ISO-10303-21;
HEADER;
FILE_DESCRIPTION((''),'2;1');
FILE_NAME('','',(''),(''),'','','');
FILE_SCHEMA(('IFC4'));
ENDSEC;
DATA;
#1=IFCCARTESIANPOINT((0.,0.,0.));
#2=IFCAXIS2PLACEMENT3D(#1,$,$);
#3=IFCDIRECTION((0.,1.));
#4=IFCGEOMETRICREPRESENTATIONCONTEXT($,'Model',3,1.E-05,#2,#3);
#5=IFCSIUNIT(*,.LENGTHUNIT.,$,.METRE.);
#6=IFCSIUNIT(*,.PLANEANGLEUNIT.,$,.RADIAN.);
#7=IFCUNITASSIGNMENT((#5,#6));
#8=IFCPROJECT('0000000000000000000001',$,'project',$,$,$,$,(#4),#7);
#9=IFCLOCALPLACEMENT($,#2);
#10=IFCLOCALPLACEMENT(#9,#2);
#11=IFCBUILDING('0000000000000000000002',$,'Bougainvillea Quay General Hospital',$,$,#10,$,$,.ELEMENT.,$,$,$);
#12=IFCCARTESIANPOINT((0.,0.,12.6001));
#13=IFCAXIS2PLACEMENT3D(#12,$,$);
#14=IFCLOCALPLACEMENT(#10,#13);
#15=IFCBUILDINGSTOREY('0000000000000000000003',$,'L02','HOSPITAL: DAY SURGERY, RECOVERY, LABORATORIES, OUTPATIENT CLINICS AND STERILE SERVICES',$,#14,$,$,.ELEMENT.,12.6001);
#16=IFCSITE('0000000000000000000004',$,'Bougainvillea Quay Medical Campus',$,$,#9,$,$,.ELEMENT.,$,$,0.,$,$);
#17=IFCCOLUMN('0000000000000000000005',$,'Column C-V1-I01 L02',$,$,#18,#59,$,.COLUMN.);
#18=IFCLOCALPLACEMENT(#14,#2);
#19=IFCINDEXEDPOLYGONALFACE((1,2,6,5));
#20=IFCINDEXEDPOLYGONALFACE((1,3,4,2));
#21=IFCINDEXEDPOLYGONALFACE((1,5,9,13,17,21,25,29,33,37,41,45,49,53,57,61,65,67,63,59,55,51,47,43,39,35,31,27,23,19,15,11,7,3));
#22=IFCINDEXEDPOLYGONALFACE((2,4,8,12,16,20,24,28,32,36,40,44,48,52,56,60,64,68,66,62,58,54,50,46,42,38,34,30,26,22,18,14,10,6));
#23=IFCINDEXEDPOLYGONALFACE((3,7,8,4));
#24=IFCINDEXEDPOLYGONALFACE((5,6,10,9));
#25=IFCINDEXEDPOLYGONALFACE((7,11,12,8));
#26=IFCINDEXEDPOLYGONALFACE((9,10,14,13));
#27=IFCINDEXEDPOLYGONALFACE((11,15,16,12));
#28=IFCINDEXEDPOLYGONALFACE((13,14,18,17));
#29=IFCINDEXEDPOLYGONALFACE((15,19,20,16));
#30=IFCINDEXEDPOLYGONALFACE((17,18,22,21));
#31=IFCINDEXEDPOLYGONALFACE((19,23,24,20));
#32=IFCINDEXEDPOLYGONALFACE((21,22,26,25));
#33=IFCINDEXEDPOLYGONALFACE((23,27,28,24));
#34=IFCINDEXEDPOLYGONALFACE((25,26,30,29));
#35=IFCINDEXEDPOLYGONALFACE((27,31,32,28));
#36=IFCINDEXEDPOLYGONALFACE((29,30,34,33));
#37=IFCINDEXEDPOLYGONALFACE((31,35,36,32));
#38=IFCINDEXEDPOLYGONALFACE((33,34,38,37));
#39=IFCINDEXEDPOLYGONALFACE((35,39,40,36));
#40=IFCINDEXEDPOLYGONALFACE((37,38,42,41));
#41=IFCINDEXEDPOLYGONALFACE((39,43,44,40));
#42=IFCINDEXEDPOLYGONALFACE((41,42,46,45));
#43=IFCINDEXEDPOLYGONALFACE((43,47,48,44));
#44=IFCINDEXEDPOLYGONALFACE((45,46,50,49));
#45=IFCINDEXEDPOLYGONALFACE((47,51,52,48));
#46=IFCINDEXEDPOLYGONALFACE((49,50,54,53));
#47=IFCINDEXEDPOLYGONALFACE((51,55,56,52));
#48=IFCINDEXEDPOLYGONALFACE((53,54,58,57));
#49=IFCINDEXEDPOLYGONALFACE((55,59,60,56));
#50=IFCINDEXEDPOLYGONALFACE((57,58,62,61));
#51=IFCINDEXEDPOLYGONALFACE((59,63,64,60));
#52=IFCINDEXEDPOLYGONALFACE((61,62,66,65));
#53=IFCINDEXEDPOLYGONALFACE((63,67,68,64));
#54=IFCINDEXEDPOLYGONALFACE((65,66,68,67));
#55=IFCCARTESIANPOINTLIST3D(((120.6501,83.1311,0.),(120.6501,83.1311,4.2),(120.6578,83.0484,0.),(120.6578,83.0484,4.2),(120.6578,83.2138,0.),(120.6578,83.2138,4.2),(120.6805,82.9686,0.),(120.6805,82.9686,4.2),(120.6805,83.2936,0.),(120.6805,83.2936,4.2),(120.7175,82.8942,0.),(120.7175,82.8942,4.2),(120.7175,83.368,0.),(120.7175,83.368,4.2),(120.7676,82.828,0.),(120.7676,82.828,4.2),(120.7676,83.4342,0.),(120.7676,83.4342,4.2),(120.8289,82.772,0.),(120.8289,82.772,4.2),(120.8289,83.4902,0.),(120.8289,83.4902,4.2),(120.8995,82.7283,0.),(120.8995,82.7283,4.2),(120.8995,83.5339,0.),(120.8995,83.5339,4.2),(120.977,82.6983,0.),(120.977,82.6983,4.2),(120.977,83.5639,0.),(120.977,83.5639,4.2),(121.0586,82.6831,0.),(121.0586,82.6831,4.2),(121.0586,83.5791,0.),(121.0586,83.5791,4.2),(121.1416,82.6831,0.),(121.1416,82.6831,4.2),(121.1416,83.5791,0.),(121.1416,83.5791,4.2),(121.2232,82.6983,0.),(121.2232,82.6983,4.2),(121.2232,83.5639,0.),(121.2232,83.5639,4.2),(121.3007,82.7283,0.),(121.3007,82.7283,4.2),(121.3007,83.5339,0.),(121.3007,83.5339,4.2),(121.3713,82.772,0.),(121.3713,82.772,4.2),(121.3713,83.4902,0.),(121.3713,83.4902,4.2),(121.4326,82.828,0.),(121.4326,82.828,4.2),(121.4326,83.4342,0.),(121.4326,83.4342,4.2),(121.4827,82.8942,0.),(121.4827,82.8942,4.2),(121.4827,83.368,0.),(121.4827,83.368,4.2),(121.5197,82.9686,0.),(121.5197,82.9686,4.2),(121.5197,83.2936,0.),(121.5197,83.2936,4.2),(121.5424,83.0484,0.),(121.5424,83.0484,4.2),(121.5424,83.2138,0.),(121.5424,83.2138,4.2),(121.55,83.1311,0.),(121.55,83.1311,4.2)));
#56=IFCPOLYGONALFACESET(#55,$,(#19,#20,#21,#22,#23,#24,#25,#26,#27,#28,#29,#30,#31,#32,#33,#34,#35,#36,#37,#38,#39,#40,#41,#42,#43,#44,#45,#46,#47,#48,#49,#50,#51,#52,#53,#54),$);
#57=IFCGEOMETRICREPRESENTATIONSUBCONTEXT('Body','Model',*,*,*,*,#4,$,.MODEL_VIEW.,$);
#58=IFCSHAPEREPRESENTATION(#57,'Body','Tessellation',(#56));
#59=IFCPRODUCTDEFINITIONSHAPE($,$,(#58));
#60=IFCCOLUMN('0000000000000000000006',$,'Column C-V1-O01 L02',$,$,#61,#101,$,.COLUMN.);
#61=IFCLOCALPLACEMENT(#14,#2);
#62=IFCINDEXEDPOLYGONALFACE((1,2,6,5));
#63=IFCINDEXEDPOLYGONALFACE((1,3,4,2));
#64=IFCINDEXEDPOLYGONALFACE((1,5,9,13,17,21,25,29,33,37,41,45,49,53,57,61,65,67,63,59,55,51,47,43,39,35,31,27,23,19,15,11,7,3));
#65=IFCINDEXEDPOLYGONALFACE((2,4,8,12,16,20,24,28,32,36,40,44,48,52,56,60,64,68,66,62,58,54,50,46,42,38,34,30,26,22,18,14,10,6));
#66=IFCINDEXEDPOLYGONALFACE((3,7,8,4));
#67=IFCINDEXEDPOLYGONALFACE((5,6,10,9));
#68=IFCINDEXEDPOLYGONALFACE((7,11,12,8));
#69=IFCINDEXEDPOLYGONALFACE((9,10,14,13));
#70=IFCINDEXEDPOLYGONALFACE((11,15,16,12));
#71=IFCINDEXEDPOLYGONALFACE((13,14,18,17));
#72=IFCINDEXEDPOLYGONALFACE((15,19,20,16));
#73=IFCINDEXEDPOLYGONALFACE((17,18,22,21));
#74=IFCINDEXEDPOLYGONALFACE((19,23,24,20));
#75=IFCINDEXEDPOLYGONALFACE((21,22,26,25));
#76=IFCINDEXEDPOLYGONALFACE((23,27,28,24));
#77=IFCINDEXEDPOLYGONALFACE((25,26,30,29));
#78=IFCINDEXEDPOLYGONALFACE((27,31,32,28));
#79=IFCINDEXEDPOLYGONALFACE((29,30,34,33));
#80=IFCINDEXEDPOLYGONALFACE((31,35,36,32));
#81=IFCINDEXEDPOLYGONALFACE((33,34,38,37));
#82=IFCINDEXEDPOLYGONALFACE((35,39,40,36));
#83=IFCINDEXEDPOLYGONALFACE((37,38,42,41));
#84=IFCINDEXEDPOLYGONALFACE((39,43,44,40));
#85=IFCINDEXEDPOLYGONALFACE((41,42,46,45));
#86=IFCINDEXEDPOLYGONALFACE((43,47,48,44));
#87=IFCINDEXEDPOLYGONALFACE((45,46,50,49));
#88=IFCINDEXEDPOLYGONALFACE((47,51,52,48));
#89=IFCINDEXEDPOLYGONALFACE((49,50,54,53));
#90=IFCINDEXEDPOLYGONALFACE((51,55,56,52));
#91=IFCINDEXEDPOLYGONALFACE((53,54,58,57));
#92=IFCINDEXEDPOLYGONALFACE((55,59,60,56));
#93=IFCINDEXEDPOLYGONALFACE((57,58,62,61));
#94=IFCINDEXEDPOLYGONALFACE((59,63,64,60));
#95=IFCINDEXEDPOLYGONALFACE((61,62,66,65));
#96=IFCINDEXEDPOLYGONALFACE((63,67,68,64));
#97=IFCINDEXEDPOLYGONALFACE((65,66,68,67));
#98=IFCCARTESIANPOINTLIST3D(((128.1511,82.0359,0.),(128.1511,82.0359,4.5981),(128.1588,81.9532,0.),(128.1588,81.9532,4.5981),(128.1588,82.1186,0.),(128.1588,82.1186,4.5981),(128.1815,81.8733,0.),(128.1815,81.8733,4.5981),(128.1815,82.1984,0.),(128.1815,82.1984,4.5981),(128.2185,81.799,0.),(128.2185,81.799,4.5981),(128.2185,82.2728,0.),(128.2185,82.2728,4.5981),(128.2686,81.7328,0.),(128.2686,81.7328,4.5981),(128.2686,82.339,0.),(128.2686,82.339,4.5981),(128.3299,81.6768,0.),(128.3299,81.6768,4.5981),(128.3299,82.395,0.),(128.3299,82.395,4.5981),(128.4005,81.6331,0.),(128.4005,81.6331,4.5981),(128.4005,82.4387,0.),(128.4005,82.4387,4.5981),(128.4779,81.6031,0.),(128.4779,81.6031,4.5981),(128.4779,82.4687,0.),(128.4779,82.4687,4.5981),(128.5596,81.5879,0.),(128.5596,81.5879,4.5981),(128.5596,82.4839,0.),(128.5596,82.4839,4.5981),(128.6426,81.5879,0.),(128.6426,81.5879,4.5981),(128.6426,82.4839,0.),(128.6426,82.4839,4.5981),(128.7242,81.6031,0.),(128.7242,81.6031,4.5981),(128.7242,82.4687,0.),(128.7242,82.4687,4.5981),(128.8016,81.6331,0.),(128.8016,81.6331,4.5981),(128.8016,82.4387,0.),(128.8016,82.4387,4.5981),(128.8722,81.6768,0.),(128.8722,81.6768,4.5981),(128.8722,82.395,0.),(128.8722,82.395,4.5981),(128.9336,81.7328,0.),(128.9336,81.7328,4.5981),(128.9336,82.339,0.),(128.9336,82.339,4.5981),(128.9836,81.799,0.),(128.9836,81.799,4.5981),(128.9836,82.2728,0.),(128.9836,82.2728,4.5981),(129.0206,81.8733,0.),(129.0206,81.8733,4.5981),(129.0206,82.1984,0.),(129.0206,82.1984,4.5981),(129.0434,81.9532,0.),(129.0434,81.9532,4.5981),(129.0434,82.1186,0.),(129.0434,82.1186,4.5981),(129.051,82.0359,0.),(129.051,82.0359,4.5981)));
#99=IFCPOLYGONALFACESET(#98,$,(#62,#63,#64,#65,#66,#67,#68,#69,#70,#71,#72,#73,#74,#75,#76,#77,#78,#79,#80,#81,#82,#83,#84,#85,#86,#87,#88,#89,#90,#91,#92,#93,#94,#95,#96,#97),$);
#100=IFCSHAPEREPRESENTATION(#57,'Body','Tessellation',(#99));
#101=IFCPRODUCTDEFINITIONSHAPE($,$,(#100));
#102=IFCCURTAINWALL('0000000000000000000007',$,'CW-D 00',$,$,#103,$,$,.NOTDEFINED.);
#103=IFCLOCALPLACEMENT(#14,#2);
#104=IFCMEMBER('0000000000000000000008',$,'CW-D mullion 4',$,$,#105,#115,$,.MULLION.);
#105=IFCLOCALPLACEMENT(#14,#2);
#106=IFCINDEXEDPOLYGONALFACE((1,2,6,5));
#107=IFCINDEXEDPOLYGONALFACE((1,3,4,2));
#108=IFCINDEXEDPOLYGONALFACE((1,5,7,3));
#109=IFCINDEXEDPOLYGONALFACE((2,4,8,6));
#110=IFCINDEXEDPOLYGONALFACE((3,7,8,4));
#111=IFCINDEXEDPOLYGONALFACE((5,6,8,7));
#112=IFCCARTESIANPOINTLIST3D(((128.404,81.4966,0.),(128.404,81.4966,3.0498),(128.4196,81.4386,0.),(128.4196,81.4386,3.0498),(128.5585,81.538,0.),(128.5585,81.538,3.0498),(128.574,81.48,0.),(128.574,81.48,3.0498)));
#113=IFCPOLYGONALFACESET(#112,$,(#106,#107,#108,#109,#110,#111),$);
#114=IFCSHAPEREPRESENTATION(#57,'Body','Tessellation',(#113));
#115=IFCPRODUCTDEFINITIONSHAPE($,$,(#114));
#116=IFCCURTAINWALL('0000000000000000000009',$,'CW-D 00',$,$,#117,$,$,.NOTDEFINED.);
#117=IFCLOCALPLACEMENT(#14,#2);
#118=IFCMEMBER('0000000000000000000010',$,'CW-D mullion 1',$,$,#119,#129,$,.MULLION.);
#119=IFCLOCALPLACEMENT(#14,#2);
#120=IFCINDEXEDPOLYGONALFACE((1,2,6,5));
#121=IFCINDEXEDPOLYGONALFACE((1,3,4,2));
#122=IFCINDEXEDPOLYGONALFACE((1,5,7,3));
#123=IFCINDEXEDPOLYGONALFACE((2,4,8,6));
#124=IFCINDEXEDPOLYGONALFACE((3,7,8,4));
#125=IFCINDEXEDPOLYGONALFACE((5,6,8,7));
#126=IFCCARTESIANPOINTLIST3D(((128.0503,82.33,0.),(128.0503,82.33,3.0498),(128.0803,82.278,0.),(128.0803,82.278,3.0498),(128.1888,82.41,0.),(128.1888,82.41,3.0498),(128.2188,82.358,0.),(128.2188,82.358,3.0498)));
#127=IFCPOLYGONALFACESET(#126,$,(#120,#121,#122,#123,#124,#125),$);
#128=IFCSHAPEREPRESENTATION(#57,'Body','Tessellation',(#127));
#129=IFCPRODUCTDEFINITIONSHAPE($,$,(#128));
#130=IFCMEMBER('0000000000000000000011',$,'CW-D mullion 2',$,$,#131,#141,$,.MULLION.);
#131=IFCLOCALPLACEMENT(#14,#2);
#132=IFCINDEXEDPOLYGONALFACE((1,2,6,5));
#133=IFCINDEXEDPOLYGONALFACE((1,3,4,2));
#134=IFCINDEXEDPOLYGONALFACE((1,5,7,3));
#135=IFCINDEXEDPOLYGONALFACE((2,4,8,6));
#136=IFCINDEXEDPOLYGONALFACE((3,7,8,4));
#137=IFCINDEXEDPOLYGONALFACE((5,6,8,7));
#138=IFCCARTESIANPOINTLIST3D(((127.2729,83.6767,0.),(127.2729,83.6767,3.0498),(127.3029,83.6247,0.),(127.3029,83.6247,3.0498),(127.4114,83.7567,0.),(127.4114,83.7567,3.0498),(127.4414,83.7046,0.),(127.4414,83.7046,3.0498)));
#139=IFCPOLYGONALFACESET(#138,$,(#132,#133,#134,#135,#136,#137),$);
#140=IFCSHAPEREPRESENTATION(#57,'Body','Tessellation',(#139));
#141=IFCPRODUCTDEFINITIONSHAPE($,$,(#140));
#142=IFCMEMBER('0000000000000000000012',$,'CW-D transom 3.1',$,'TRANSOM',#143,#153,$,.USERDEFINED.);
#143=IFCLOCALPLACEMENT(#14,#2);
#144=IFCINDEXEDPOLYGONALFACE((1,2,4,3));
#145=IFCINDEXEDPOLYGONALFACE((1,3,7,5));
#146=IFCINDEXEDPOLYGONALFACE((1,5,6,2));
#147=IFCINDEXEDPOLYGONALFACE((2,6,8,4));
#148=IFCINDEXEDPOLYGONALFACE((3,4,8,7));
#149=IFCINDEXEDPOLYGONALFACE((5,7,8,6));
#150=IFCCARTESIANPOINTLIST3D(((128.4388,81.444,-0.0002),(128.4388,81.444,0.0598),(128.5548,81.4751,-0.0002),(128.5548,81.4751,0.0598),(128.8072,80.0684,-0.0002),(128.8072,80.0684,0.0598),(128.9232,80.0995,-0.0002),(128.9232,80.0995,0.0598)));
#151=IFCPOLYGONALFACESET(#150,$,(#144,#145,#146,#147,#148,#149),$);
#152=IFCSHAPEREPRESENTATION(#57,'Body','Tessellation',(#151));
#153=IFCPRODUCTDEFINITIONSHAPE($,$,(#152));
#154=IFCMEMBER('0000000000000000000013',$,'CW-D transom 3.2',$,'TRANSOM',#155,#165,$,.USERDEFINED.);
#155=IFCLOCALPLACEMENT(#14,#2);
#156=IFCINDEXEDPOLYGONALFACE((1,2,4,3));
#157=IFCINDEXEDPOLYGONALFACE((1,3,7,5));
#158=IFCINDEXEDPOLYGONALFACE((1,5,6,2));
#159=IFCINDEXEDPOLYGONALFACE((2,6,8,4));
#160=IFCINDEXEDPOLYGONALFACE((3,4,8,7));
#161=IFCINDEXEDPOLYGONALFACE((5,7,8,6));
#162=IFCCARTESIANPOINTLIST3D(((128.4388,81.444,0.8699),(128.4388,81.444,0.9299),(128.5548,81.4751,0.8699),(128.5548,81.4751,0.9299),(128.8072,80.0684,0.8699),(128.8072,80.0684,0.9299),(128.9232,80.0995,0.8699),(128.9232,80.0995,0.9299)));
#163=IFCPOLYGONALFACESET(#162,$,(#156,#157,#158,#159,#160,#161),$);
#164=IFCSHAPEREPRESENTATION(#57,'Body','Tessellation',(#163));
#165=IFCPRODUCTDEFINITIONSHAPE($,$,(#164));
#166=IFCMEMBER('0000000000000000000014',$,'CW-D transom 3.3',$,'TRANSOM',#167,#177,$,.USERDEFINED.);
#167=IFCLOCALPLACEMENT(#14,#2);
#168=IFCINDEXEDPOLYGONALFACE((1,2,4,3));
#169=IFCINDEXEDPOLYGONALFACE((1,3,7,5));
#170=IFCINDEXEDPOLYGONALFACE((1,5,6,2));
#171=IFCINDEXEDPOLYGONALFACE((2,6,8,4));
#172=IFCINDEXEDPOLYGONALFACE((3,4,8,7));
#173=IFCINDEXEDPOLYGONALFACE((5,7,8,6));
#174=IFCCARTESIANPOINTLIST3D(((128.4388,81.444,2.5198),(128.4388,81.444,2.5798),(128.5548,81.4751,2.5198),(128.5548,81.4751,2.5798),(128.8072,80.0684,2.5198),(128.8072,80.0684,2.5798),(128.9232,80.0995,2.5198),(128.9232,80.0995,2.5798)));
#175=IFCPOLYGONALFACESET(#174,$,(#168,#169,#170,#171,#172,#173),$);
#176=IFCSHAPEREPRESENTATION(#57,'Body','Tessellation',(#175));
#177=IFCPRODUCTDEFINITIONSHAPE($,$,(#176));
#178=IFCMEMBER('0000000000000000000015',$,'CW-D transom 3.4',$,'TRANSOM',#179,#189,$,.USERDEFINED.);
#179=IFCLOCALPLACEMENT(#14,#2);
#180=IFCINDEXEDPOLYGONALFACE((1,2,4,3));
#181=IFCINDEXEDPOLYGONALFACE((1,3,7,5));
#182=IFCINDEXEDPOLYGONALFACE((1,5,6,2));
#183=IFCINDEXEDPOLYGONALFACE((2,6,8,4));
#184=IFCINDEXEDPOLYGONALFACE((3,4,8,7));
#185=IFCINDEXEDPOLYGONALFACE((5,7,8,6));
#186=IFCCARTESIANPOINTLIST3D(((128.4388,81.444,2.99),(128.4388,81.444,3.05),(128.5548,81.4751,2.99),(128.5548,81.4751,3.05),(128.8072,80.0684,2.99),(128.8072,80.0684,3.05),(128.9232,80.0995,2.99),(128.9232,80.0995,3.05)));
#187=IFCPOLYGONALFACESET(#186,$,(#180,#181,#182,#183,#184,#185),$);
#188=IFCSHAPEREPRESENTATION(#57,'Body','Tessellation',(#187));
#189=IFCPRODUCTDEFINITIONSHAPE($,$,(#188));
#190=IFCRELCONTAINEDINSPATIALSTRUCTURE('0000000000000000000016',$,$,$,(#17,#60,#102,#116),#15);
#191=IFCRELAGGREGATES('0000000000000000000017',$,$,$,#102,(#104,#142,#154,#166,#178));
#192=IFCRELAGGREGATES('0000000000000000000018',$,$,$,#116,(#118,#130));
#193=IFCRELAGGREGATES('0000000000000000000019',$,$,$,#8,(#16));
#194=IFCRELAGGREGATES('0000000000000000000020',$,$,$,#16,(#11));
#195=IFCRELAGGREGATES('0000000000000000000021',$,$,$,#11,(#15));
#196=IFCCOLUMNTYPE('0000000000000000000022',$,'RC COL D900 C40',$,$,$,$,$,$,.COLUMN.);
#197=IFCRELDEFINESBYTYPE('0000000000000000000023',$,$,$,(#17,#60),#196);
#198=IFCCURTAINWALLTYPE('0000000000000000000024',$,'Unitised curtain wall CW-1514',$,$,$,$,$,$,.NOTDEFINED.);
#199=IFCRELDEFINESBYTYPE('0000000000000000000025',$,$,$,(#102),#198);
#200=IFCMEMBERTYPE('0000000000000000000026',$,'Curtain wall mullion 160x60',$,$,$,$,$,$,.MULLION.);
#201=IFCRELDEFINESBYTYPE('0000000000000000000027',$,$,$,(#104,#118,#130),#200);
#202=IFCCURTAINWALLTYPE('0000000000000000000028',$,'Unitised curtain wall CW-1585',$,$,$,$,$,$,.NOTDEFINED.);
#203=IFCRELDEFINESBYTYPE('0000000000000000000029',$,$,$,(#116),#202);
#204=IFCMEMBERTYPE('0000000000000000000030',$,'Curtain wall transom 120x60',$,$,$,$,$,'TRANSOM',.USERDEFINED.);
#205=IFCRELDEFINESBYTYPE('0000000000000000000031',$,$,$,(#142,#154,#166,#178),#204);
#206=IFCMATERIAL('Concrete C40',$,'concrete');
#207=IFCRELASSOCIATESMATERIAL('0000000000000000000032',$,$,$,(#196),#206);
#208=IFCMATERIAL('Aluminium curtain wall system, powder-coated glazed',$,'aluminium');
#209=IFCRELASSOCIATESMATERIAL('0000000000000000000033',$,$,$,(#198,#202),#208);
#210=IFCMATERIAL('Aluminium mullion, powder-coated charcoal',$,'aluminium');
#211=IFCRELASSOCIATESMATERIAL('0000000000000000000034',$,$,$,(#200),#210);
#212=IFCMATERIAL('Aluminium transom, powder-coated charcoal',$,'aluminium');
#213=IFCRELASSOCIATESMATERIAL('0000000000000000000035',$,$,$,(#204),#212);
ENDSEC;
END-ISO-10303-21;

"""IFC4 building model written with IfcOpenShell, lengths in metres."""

from ifc_helpers import new_model, si_unit, direction, frame, origin, origin_2d, place, context, subcontext, project, spatial, rectangle, circle, extrude, material, material_profile, profile_set, type_object, element, aggregate, save


model = new_model("IFC4")

# Units and contexts
model_context = context("Model", 3, precision=1e-05, world=origin(), true_north=direction((0.0, 1.0)))
body_context = subcontext(model_context, "Body", "Model", "MODEL_VIEW")
ifc_project = project(units=[si_unit("LENGTHUNIT", "METRE"), si_unit("PLANEANGLEUNIT", "RADIAN")], contexts=[model_context])

# Site, building, storey
site_placement = place(None, origin())
site = spatial("IfcSite", under=ifc_project, at=site_placement, Name="Bougainvillea Quay Medical Campus", CompositionType="ELEMENT", RefElevation=0.0)
building_placement = place(site_placement, origin())
building = spatial("IfcBuilding", under=site, at=building_placement, Name="Bougainvillea Quay General Hospital", CompositionType="ELEMENT")
storey_placement = place(building_placement, frame((0.0, 0.0, 12.6001)))
storey = spatial("IfcBuildingStorey", under=building, at=storey_placement, Name="L02", Description="HOSPITAL: DAY SURGERY, RECOVERY, LABORATORIES, OUTPATIENT CLINICS AND STERILE SERVICES", CompositionType="ELEMENT", Elevation=12.6001)

# Columns
ifc_material_1 = material(Name="Concrete C40", Category="concrete")
ifc_material_profile_1 = material_profile(ifc_material_1, circle(Radius=0.45, at=origin_2d()))
ifc_profile_set_1 = profile_set([ifc_material_profile_1], Name="Concrete C40")
column_type = type_object("IfcColumnType", Name="RC COL D900 C40", PredefinedType="COLUMN", material=ifc_profile_set_1)
column_1_placement = place(storey_placement, frame((121.1001, 83.1311, 0.0), z_axis=(0.0, 0.0, 1.0), x_axis=(1.0, 0.0, 0.0)))
element("IfcColumn", 1, at=column_1_placement, inside=storey, type_object=column_type, Name="Column C-V1-I01 L02", PredefinedType="COLUMN", context=body_context, shape_type="SweptSolid", body=[
    extrude(circle(Radius=0.45, at=origin_2d()), origin(), (0.0, 0.0, 1.0), 4.2),
])
column_2_placement = place(storey_placement, frame((128.6011, 82.0359, 0.0), z_axis=(0.0, 0.0, 1.0), x_axis=(1.0, 0.0, 0.0)))
element("IfcColumn", 2, at=column_2_placement, inside=storey, type_object=column_type, Name="Column C-V1-O01 L02", PredefinedType="COLUMN", context=body_context, shape_type="SweptSolid", body=[
    extrude(circle(Radius=0.45, at=origin_2d()), origin(), (0.0, 0.0, 1.0), 4.5981),
])

# Curtain wall, member
ifc_material_2 = material(Name="Aluminium curtain wall system, powder-coated glazed", Category="aluminium")
curtain_wall_type_1 = type_object("IfcCurtainWallType", Name="Unitised curtain wall CW-1514", PredefinedType="NOTDEFINED", material=ifc_material_2)
curtain_wall_1_placement = place(storey_placement, origin())
curtain_wall_1 = element("IfcCurtainWall", 3, at=curtain_wall_1_placement, inside=storey, type_object=curtain_wall_type_1, Name="CW-D 00", PredefinedType="NOTDEFINED")
ifc_material_3 = material(Name="Aluminium mullion, powder-coated charcoal", Category="aluminium")
ifc_material_profile_2 = material_profile(ifc_material_3, rectangle(XDim=0.1599, YDim=0.0601, at=origin_2d()))
ifc_profile_set_2 = profile_set([ifc_material_profile_2], Name="Aluminium mullion, powder-coated charcoal")
member_type_1 = type_object("IfcMemberType", Name="Curtain wall mullion 160x60", PredefinedType="MULLION", material=ifc_profile_set_2)
member_1_placement = place(storey_placement, frame((128.489, 81.4883, 0.0), z_axis=(0.0, 0.0, 1.0), x_axis=(-0.965916, -0.258855, 0.0)))
member_1 = element("IfcMember", 4, at=member_1_placement, type_object=member_type_1, Name="CW-D mullion 4", PredefinedType="MULLION", context=body_context, shape_type="SweptSolid", body=[
    extrude(rectangle(XDim=0.1599, YDim=0.0601, at=origin_2d()), origin(), (0.0, 0.0, 1.0), 3.0498),
])

# Curtain wall, members
curtain_wall_type_2 = type_object("IfcCurtainWallType", Name="Unitised curtain wall CW-1585", PredefinedType="NOTDEFINED", material=ifc_material_2)
curtain_wall_2_placement = place(storey_placement, origin())
curtain_wall_2 = element("IfcCurtainWall", 5, at=curtain_wall_2_placement, inside=storey, type_object=curtain_wall_type_2, Name="CW-D 00", PredefinedType="NOTDEFINED")
member_2_placement = place(storey_placement, frame((128.1345, 82.344, 0.0), z_axis=(0.0, 0.0, 1.0), x_axis=(-0.866046, -0.499965, 0.0)))
member_2 = element("IfcMember", 6, at=member_2_placement, type_object=member_type_1, Name="CW-D mullion 1", PredefinedType="MULLION", context=body_context, shape_type="SweptSolid", body=[
    extrude(rectangle(XDim=0.1599, YDim=0.0601, at=origin_2d()), origin(), (0.0, 0.0, 1.0), 3.0498),
])
member_3_placement = place(storey_placement, frame((127.3572, 83.6907, 0.0), z_axis=(0.0, 0.0, 1.0), x_axis=(-0.866046, -0.499965, 0.0)))
member_3 = element("IfcMember", 7, at=member_3_placement, type_object=member_type_1, Name="CW-D mullion 2", PredefinedType="MULLION", context=body_context, shape_type="SweptSolid", body=[
    extrude(rectangle(XDim=0.1599, YDim=0.0601, at=origin_2d()), origin(), (0.0, 0.0, 1.0), 3.0498),
])

# Members
ifc_material_4 = material(Name="Aluminium transom, powder-coated charcoal", Category="aluminium")
ifc_material_profile_3 = material_profile(ifc_material_4, rectangle(XDim=0.1201, YDim=0.0601, at=origin_2d()))
ifc_profile_set_3 = profile_set([ifc_material_profile_3], Name="Aluminium transom, powder-coated charcoal")
member_type_2 = type_object("IfcMemberType", Name="Curtain wall transom 120x60", ElementType="TRANSOM", PredefinedType="USERDEFINED", material=ifc_profile_set_3)
member_4_placement = place(storey_placement, frame((128.8652, 80.084, 0.0298), z_axis=(-0.258719, 0.965953, 0.0), x_axis=(-0.965953, -0.258719, 0.0)))
member_4 = element("IfcMember", 8, at=member_4_placement, type_object=member_type_2, Name="CW-D transom 3.1", ObjectType="TRANSOM", PredefinedType="USERDEFINED", context=body_context, shape_type="SweptSolid", body=[
    extrude(rectangle(XDim=0.1201, YDim=0.0601, at=origin_2d()), origin(), (0.0, 0.0, 1.0), 1.4241),
])
member_5_placement = place(storey_placement, frame((128.8652, 80.084, 0.8999), z_axis=(-0.258719, 0.965953, 0.0), x_axis=(-0.965953, -0.258719, 0.0)))
member_5 = element("IfcMember", 9, at=member_5_placement, type_object=member_type_2, Name="CW-D transom 3.2", ObjectType="TRANSOM", PredefinedType="USERDEFINED", context=body_context, shape_type="SweptSolid", body=[
    extrude(rectangle(XDim=0.1201, YDim=0.0601, at=origin_2d()), origin(), (0.0, 0.0, 1.0), 1.4241),
])
member_6_placement = place(storey_placement, frame((128.8652, 80.084, 2.5498), z_axis=(-0.258719, 0.965953, 0.0), x_axis=(-0.965953, -0.258719, 0.0)))
member_6 = element("IfcMember", 10, at=member_6_placement, type_object=member_type_2, Name="CW-D transom 3.3", ObjectType="TRANSOM", PredefinedType="USERDEFINED", context=body_context, shape_type="SweptSolid", body=[
    extrude(rectangle(XDim=0.1201, YDim=0.0601, at=origin_2d()), origin(), (0.0, 0.0, 1.0), 1.4241),
])
member_7_placement = place(storey_placement, frame((128.8652, 80.084, 3.02), z_axis=(-0.258719, 0.965953, 0.0), x_axis=(-0.965953, -0.258719, 0.0)))
member_7 = element("IfcMember", 11, at=member_7_placement, type_object=member_type_2, Name="CW-D transom 3.4", ObjectType="TRANSOM", PredefinedType="USERDEFINED", context=body_context, shape_type="SweptSolid", body=[
    extrude(rectangle(XDim=0.1201, YDim=0.0601, at=origin_2d()), origin(), (0.0, 0.0, 1.0), 1.4241),
])

aggregate(curtain_wall_1, [member_1, member_4, member_5, member_6, member_7])
aggregate(curtain_wall_2, [member_2, member_3])

save(model, "model.ifc")
